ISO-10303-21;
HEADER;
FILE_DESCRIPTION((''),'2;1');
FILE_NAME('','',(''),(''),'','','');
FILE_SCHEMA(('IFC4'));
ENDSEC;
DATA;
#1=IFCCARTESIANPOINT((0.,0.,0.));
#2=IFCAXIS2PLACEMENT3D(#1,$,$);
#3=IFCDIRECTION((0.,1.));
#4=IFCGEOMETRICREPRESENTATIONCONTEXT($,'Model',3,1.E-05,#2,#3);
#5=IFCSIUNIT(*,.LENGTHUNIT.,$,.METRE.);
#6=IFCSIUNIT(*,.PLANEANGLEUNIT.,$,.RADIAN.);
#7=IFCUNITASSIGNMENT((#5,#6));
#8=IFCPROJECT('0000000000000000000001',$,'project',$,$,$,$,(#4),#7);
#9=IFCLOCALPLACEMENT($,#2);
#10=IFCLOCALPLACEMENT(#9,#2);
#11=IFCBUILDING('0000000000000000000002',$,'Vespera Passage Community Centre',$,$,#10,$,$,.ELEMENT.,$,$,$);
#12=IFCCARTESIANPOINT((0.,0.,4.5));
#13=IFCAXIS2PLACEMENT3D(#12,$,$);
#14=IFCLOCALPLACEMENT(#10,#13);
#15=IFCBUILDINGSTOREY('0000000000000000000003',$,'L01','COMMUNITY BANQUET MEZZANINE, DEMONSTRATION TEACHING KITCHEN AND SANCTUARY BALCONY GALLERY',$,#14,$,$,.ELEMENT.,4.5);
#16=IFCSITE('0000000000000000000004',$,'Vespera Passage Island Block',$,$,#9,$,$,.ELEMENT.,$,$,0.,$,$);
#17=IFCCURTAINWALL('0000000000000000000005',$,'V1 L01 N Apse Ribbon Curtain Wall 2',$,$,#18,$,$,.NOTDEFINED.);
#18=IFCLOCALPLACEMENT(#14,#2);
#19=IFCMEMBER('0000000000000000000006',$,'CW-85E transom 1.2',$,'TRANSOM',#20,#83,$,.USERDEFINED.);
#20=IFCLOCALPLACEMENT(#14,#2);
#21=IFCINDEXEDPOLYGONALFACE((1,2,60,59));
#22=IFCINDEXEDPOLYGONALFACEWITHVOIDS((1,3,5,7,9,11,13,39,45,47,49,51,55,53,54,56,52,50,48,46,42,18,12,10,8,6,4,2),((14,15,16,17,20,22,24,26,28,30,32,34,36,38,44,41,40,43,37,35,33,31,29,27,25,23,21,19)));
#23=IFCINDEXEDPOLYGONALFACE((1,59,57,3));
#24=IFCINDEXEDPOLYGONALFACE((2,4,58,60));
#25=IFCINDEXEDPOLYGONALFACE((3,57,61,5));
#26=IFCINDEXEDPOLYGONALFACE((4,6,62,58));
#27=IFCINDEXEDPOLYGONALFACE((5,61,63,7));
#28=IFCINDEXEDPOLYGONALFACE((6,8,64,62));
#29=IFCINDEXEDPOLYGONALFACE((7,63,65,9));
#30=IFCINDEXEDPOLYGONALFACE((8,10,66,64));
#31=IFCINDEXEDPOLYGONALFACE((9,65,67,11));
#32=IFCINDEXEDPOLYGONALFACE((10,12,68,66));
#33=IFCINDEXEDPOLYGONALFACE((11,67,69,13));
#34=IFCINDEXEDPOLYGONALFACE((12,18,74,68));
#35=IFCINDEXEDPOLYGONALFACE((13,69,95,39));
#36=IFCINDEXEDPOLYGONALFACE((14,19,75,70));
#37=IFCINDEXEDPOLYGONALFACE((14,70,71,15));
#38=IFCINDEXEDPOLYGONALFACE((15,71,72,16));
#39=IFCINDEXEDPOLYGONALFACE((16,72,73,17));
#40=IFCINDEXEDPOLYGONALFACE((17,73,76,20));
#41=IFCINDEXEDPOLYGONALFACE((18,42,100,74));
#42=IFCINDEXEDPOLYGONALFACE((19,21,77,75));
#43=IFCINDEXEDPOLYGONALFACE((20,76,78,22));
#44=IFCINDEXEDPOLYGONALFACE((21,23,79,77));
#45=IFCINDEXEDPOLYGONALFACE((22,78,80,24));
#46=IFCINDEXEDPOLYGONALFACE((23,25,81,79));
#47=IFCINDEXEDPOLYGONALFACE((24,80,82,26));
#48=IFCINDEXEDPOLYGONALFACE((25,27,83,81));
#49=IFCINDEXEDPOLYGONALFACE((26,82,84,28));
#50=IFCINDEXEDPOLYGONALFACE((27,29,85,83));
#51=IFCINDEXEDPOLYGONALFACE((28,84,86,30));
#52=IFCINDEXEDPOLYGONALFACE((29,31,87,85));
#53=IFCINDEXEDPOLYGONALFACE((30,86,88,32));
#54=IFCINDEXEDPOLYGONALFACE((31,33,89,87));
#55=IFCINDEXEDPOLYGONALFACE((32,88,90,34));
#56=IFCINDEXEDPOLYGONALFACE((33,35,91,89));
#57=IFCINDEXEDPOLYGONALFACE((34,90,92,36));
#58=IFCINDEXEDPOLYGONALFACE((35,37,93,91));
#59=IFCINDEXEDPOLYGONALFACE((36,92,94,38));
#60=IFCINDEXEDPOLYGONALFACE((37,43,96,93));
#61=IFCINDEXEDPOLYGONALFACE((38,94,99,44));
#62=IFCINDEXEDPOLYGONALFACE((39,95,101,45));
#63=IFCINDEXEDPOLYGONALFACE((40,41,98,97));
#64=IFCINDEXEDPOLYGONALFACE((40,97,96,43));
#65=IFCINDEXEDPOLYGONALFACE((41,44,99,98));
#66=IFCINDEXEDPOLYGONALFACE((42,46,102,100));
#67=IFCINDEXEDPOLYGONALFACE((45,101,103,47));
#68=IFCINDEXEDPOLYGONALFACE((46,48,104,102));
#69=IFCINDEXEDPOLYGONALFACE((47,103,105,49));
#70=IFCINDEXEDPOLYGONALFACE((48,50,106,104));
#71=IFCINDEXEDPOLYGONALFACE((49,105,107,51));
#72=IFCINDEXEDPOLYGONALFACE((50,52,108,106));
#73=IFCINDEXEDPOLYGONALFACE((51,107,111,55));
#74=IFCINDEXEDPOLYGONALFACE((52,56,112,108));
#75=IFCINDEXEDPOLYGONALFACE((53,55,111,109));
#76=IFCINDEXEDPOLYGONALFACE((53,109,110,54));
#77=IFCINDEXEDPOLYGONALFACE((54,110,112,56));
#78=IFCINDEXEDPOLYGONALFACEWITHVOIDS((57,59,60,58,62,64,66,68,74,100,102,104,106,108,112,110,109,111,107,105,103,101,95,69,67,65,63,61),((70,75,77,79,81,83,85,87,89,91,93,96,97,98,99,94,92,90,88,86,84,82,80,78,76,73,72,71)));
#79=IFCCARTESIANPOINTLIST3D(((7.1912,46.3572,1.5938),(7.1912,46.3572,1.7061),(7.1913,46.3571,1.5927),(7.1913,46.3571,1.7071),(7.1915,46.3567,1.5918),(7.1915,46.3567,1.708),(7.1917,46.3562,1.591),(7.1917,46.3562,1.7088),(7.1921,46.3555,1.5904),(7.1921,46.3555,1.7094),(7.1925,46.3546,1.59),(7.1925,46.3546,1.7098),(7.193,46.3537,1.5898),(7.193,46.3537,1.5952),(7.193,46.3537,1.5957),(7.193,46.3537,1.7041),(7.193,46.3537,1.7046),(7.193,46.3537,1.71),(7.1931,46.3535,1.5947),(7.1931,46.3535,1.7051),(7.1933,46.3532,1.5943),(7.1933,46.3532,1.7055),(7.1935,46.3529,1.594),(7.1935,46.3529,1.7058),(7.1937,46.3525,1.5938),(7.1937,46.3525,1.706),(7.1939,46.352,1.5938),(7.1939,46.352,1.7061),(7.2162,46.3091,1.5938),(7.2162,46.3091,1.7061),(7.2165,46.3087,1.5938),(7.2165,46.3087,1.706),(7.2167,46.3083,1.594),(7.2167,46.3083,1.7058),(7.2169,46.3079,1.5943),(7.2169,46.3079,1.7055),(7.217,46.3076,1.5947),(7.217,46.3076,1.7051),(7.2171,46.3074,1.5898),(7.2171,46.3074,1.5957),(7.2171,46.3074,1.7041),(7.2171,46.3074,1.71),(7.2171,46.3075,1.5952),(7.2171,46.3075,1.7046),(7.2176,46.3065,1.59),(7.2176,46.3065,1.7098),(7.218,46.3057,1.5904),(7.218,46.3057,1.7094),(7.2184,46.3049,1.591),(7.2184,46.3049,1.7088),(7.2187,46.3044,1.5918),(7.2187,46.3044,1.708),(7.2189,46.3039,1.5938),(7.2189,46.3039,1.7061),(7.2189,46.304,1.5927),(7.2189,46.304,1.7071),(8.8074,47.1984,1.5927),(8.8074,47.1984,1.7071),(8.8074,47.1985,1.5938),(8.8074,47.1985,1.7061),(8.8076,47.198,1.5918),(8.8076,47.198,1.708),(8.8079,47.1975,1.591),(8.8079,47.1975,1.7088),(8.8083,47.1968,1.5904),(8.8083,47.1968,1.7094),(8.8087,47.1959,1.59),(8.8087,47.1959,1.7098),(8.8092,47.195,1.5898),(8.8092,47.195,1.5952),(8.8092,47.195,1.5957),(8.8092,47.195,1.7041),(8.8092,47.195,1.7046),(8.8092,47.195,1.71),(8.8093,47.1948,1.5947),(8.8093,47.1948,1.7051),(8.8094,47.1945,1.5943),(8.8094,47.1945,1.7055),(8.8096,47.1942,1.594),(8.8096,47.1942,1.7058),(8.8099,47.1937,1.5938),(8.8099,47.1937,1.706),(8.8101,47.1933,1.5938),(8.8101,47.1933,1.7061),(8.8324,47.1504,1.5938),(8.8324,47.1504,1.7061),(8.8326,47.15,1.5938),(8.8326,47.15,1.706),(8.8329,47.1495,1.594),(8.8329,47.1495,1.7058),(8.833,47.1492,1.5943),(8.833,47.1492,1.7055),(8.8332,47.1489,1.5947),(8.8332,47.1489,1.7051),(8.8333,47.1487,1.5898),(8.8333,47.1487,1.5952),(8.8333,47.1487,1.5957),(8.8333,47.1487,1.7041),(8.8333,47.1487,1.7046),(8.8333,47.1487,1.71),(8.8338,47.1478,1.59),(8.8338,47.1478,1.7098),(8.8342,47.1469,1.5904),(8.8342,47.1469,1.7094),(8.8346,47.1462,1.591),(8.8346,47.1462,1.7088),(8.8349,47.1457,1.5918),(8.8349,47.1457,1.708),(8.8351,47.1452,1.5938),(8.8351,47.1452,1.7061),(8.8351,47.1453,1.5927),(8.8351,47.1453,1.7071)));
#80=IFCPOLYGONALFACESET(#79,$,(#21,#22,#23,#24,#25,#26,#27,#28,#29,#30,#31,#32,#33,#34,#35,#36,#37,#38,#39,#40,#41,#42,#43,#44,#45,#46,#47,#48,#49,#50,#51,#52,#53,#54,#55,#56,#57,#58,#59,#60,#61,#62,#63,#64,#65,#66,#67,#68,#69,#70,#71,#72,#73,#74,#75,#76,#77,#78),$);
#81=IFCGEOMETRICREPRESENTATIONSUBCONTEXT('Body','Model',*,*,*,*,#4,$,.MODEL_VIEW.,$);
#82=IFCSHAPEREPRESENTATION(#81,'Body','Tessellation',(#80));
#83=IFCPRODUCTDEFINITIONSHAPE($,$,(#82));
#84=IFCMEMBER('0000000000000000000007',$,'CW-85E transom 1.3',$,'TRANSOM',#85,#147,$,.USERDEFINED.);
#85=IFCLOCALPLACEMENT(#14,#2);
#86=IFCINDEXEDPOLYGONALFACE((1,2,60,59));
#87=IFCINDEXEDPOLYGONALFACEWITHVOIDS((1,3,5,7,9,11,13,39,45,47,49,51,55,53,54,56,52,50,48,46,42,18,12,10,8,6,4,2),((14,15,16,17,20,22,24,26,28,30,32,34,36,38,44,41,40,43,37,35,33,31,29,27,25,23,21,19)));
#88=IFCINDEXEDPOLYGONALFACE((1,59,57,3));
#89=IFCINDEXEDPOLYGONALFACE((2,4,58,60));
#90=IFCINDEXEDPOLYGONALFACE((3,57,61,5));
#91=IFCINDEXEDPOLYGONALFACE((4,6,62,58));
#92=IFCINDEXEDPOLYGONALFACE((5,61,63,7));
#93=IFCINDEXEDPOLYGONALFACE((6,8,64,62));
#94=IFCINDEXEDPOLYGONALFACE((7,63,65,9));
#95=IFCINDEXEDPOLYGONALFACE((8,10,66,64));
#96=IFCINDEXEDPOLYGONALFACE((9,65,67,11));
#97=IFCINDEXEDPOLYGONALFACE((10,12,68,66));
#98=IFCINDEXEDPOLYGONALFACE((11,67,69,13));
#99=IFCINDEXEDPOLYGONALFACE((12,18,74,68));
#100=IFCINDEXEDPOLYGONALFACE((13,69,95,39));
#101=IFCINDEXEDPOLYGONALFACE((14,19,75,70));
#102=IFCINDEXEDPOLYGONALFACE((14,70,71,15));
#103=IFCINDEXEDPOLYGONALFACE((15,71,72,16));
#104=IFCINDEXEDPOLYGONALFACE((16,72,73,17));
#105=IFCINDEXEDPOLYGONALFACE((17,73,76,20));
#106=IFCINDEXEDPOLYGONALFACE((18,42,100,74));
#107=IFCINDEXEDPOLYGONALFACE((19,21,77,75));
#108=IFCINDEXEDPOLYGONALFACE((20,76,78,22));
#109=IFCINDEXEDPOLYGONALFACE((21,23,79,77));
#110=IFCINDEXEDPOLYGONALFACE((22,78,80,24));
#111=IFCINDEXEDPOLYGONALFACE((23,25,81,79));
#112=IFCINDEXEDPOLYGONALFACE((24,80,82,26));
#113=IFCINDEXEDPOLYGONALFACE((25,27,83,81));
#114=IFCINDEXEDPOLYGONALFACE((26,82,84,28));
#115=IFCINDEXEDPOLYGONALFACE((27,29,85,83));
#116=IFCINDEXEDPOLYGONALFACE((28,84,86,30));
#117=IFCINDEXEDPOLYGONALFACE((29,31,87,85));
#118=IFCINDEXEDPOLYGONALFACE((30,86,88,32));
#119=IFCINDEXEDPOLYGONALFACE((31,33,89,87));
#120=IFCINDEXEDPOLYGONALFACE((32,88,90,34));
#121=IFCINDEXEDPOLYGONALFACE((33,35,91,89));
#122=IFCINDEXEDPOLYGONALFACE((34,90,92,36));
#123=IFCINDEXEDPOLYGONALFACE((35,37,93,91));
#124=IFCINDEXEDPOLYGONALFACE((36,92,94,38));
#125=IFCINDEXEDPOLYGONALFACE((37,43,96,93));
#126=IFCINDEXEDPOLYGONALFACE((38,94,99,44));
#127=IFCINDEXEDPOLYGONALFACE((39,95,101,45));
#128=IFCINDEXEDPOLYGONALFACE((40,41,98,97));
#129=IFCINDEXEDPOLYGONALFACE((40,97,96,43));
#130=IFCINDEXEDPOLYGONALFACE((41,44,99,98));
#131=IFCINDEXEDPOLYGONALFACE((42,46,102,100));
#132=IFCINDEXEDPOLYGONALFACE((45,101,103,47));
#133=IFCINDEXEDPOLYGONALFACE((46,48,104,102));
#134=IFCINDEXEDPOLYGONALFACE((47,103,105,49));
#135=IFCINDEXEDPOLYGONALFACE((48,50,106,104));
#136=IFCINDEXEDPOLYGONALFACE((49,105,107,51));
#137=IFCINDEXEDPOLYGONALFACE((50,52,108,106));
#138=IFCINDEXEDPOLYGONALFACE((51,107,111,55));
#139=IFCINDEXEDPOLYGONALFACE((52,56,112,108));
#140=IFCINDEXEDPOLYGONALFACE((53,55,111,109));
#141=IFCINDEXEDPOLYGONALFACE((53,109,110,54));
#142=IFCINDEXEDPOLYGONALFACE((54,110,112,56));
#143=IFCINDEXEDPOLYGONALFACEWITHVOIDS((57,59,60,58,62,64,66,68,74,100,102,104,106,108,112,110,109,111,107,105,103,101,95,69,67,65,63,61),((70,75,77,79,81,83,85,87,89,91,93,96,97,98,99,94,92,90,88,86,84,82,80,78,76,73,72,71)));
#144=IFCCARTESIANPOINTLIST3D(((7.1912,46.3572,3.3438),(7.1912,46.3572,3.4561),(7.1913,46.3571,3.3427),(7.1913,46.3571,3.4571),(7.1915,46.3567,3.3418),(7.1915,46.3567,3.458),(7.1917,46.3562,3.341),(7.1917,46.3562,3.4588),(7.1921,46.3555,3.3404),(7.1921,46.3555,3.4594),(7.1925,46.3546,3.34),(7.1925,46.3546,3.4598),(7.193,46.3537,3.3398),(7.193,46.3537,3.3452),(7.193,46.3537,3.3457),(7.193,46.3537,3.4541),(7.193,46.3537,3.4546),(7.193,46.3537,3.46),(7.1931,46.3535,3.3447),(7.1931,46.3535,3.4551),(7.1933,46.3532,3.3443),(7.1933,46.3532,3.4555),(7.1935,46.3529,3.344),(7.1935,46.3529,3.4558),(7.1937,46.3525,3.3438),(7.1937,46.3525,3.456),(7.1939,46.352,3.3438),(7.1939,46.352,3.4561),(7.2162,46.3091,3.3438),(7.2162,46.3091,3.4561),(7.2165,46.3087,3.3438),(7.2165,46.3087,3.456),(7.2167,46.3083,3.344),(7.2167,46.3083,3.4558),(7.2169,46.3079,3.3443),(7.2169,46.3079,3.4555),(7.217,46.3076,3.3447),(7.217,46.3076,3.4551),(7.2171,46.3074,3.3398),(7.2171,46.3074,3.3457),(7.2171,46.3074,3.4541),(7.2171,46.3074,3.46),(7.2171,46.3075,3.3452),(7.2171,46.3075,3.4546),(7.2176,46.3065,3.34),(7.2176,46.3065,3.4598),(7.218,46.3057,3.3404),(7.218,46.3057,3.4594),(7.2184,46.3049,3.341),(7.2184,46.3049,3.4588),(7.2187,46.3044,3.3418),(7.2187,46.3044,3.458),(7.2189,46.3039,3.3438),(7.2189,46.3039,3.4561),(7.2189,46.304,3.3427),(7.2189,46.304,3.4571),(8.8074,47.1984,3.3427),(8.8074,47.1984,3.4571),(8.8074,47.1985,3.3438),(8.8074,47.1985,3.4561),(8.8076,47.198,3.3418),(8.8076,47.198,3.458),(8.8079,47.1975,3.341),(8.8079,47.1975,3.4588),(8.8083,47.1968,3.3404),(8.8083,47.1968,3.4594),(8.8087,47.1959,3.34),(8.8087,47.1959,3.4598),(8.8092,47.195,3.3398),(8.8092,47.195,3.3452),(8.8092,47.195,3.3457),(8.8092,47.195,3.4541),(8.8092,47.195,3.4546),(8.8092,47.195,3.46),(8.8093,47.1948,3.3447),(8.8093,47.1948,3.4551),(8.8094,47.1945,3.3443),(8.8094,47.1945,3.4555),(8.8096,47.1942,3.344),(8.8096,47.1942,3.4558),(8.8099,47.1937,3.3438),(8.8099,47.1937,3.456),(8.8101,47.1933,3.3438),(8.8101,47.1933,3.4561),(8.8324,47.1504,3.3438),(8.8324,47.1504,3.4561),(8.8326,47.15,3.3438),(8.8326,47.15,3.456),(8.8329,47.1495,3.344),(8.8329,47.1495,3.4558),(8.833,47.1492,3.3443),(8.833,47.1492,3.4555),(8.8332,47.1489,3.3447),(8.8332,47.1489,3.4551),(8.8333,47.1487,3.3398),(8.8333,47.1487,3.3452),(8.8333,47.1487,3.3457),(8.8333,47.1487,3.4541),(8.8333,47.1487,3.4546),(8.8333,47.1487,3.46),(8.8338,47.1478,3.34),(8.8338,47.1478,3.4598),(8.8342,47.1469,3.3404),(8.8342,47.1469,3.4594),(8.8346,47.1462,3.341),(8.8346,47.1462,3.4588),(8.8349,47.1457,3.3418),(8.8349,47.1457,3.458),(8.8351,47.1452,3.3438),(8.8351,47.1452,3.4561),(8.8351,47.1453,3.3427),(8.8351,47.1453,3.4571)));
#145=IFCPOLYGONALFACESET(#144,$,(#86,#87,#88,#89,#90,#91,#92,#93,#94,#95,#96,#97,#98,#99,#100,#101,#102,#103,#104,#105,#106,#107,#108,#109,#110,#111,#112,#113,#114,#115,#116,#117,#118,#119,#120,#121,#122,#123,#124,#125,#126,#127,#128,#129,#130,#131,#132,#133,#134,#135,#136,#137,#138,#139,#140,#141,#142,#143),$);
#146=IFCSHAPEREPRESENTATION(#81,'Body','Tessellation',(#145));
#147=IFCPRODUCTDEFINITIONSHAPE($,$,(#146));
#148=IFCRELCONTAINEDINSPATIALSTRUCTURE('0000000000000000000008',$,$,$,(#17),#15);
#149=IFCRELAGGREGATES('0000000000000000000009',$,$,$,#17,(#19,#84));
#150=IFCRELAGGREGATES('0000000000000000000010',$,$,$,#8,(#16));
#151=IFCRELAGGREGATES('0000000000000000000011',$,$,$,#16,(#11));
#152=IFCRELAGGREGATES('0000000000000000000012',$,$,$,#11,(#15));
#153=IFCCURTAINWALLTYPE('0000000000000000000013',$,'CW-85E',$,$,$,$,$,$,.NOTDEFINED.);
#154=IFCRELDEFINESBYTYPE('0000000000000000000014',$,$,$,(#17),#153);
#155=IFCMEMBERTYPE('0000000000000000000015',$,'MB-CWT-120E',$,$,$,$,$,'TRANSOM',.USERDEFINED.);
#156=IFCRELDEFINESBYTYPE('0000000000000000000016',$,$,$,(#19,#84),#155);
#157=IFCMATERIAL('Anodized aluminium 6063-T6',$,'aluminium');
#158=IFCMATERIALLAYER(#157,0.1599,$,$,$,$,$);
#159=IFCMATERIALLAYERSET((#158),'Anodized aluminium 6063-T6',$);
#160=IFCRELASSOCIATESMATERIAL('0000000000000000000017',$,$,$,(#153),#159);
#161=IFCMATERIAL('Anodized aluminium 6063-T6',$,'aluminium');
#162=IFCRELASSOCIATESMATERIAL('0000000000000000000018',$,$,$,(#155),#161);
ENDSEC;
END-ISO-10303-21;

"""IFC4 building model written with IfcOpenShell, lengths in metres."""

from ifc_helpers import new_model, si_unit, direction, frame, origin, origin_2d, place, context, subcontext, project, spatial, hollow_rectangle, extrude, material, layer, layer_set, material_profile, profile_set, type_object, element, aggregate, save


model = new_model("IFC4")

# Units and contexts
model_context = context("Model", 3, precision=1e-05, world=origin(), true_north=direction((0.0, 1.0)))
body_context = subcontext(model_context, "Body", "Model", "MODEL_VIEW")
ifc_project = project(units=[si_unit("LENGTHUNIT", "METRE"), si_unit("PLANEANGLEUNIT", "RADIAN")], contexts=[model_context])

# Site, building, storey
site_placement = place(None, origin())
site = spatial("IfcSite", under=ifc_project, at=site_placement, Name="Vespera Passage Island Block", CompositionType="ELEMENT", RefElevation=0.0)
building_placement = place(site_placement, origin())
building = spatial("IfcBuilding", under=site, at=building_placement, Name="Vespera Passage Community Centre", CompositionType="ELEMENT")
storey_placement = place(building_placement, frame((0.0, 0.0, 4.5)))
storey = spatial("IfcBuildingStorey", under=building, at=storey_placement, Name="L01", Description="COMMUNITY BANQUET MEZZANINE, DEMONSTRATION TEACHING KITCHEN AND SANCTUARY BALCONY GALLERY", CompositionType="ELEMENT", Elevation=4.5)

# Curtain wall, members
ifc_material_1 = material(Name="Anodized aluminium 6063-T6", Category="aluminium")
ifc_layer_1 = layer(ifc_material_1, 0.1599)
ifc_layer_set_1 = layer_set([ifc_layer_1], Name="Anodized aluminium 6063-T6")
curtain_wall_type = type_object("IfcCurtainWallType", Name="CW-85E", PredefinedType="NOTDEFINED", material=ifc_layer_set_1)
curtain_wall_placement = place(storey_placement, origin())
curtain_wall = element("IfcCurtainWall", 1, at=curtain_wall_placement, inside=storey, type_object=curtain_wall_type, Name="V1 L01 N Apse Ribbon Curtain Wall 2", PredefinedType="NOTDEFINED")
ifc_material_2 = material(Name="Anodized aluminium 6063-T6", Category="aluminium")
ifc_material_profile_1 = material_profile(ifc_material_2, hollow_rectangle(XDim=0.0601, YDim=0.1201, WallThickness=0.0039, InnerFilletRadius=0.002, OuterFilletRadius=0.0039, at=origin_2d()), Name="ALU120X60X4")
ifc_profile_set_1 = profile_set([ifc_material_profile_1], Name="Anodized aluminium 6063-T6")
member_type_1 = type_object("IfcMemberType", Name="MB-CWT-120E", ElementType="TRANSOM", PredefinedType="USERDEFINED", material=ifc_profile_set_1)
member_1_placement = place(storey_placement, frame((7.2051, 46.3306, 1.6499), z_axis=(0.887019, 0.461732, 0.0), x_axis=(-0.461732, 0.887019, 0.0)))
member_1 = element("IfcMember", 2, at=member_1_placement, type_object=member_type_1, Name="CW-85E transom 1.2", ObjectType="TRANSOM", PredefinedType="USERDEFINED", context=body_context, shape_type="SweptSolid", body=[
    extrude(hollow_rectangle(XDim=0.0601, YDim=0.1201, WallThickness=0.0039, InnerFilletRadius=0.002, OuterFilletRadius=0.0039, at=origin_2d()), origin(), (0.0, 0.0, 1.0), 1.822),
])
member_2_placement = place(storey_placement, frame((7.2051, 46.3306, 3.3999), z_axis=(0.887019, 0.461732, 0.0), x_axis=(-0.461732, 0.887019, 0.0)))
member_2 = element("IfcMember", 3, at=member_2_placement, type_object=member_type_1, Name="CW-85E transom 1.3", ObjectType="TRANSOM", PredefinedType="USERDEFINED", context=body_context, shape_type="SweptSolid", body=[
    extrude(hollow_rectangle(XDim=0.0601, YDim=0.1201, WallThickness=0.0039, InnerFilletRadius=0.002, OuterFilletRadius=0.0039, at=origin_2d()), origin(), (0.0, 0.0, 1.0), 1.822),
])
aggregate(curtain_wall, [member_1, member_2])

save(model, "model.ifc")
